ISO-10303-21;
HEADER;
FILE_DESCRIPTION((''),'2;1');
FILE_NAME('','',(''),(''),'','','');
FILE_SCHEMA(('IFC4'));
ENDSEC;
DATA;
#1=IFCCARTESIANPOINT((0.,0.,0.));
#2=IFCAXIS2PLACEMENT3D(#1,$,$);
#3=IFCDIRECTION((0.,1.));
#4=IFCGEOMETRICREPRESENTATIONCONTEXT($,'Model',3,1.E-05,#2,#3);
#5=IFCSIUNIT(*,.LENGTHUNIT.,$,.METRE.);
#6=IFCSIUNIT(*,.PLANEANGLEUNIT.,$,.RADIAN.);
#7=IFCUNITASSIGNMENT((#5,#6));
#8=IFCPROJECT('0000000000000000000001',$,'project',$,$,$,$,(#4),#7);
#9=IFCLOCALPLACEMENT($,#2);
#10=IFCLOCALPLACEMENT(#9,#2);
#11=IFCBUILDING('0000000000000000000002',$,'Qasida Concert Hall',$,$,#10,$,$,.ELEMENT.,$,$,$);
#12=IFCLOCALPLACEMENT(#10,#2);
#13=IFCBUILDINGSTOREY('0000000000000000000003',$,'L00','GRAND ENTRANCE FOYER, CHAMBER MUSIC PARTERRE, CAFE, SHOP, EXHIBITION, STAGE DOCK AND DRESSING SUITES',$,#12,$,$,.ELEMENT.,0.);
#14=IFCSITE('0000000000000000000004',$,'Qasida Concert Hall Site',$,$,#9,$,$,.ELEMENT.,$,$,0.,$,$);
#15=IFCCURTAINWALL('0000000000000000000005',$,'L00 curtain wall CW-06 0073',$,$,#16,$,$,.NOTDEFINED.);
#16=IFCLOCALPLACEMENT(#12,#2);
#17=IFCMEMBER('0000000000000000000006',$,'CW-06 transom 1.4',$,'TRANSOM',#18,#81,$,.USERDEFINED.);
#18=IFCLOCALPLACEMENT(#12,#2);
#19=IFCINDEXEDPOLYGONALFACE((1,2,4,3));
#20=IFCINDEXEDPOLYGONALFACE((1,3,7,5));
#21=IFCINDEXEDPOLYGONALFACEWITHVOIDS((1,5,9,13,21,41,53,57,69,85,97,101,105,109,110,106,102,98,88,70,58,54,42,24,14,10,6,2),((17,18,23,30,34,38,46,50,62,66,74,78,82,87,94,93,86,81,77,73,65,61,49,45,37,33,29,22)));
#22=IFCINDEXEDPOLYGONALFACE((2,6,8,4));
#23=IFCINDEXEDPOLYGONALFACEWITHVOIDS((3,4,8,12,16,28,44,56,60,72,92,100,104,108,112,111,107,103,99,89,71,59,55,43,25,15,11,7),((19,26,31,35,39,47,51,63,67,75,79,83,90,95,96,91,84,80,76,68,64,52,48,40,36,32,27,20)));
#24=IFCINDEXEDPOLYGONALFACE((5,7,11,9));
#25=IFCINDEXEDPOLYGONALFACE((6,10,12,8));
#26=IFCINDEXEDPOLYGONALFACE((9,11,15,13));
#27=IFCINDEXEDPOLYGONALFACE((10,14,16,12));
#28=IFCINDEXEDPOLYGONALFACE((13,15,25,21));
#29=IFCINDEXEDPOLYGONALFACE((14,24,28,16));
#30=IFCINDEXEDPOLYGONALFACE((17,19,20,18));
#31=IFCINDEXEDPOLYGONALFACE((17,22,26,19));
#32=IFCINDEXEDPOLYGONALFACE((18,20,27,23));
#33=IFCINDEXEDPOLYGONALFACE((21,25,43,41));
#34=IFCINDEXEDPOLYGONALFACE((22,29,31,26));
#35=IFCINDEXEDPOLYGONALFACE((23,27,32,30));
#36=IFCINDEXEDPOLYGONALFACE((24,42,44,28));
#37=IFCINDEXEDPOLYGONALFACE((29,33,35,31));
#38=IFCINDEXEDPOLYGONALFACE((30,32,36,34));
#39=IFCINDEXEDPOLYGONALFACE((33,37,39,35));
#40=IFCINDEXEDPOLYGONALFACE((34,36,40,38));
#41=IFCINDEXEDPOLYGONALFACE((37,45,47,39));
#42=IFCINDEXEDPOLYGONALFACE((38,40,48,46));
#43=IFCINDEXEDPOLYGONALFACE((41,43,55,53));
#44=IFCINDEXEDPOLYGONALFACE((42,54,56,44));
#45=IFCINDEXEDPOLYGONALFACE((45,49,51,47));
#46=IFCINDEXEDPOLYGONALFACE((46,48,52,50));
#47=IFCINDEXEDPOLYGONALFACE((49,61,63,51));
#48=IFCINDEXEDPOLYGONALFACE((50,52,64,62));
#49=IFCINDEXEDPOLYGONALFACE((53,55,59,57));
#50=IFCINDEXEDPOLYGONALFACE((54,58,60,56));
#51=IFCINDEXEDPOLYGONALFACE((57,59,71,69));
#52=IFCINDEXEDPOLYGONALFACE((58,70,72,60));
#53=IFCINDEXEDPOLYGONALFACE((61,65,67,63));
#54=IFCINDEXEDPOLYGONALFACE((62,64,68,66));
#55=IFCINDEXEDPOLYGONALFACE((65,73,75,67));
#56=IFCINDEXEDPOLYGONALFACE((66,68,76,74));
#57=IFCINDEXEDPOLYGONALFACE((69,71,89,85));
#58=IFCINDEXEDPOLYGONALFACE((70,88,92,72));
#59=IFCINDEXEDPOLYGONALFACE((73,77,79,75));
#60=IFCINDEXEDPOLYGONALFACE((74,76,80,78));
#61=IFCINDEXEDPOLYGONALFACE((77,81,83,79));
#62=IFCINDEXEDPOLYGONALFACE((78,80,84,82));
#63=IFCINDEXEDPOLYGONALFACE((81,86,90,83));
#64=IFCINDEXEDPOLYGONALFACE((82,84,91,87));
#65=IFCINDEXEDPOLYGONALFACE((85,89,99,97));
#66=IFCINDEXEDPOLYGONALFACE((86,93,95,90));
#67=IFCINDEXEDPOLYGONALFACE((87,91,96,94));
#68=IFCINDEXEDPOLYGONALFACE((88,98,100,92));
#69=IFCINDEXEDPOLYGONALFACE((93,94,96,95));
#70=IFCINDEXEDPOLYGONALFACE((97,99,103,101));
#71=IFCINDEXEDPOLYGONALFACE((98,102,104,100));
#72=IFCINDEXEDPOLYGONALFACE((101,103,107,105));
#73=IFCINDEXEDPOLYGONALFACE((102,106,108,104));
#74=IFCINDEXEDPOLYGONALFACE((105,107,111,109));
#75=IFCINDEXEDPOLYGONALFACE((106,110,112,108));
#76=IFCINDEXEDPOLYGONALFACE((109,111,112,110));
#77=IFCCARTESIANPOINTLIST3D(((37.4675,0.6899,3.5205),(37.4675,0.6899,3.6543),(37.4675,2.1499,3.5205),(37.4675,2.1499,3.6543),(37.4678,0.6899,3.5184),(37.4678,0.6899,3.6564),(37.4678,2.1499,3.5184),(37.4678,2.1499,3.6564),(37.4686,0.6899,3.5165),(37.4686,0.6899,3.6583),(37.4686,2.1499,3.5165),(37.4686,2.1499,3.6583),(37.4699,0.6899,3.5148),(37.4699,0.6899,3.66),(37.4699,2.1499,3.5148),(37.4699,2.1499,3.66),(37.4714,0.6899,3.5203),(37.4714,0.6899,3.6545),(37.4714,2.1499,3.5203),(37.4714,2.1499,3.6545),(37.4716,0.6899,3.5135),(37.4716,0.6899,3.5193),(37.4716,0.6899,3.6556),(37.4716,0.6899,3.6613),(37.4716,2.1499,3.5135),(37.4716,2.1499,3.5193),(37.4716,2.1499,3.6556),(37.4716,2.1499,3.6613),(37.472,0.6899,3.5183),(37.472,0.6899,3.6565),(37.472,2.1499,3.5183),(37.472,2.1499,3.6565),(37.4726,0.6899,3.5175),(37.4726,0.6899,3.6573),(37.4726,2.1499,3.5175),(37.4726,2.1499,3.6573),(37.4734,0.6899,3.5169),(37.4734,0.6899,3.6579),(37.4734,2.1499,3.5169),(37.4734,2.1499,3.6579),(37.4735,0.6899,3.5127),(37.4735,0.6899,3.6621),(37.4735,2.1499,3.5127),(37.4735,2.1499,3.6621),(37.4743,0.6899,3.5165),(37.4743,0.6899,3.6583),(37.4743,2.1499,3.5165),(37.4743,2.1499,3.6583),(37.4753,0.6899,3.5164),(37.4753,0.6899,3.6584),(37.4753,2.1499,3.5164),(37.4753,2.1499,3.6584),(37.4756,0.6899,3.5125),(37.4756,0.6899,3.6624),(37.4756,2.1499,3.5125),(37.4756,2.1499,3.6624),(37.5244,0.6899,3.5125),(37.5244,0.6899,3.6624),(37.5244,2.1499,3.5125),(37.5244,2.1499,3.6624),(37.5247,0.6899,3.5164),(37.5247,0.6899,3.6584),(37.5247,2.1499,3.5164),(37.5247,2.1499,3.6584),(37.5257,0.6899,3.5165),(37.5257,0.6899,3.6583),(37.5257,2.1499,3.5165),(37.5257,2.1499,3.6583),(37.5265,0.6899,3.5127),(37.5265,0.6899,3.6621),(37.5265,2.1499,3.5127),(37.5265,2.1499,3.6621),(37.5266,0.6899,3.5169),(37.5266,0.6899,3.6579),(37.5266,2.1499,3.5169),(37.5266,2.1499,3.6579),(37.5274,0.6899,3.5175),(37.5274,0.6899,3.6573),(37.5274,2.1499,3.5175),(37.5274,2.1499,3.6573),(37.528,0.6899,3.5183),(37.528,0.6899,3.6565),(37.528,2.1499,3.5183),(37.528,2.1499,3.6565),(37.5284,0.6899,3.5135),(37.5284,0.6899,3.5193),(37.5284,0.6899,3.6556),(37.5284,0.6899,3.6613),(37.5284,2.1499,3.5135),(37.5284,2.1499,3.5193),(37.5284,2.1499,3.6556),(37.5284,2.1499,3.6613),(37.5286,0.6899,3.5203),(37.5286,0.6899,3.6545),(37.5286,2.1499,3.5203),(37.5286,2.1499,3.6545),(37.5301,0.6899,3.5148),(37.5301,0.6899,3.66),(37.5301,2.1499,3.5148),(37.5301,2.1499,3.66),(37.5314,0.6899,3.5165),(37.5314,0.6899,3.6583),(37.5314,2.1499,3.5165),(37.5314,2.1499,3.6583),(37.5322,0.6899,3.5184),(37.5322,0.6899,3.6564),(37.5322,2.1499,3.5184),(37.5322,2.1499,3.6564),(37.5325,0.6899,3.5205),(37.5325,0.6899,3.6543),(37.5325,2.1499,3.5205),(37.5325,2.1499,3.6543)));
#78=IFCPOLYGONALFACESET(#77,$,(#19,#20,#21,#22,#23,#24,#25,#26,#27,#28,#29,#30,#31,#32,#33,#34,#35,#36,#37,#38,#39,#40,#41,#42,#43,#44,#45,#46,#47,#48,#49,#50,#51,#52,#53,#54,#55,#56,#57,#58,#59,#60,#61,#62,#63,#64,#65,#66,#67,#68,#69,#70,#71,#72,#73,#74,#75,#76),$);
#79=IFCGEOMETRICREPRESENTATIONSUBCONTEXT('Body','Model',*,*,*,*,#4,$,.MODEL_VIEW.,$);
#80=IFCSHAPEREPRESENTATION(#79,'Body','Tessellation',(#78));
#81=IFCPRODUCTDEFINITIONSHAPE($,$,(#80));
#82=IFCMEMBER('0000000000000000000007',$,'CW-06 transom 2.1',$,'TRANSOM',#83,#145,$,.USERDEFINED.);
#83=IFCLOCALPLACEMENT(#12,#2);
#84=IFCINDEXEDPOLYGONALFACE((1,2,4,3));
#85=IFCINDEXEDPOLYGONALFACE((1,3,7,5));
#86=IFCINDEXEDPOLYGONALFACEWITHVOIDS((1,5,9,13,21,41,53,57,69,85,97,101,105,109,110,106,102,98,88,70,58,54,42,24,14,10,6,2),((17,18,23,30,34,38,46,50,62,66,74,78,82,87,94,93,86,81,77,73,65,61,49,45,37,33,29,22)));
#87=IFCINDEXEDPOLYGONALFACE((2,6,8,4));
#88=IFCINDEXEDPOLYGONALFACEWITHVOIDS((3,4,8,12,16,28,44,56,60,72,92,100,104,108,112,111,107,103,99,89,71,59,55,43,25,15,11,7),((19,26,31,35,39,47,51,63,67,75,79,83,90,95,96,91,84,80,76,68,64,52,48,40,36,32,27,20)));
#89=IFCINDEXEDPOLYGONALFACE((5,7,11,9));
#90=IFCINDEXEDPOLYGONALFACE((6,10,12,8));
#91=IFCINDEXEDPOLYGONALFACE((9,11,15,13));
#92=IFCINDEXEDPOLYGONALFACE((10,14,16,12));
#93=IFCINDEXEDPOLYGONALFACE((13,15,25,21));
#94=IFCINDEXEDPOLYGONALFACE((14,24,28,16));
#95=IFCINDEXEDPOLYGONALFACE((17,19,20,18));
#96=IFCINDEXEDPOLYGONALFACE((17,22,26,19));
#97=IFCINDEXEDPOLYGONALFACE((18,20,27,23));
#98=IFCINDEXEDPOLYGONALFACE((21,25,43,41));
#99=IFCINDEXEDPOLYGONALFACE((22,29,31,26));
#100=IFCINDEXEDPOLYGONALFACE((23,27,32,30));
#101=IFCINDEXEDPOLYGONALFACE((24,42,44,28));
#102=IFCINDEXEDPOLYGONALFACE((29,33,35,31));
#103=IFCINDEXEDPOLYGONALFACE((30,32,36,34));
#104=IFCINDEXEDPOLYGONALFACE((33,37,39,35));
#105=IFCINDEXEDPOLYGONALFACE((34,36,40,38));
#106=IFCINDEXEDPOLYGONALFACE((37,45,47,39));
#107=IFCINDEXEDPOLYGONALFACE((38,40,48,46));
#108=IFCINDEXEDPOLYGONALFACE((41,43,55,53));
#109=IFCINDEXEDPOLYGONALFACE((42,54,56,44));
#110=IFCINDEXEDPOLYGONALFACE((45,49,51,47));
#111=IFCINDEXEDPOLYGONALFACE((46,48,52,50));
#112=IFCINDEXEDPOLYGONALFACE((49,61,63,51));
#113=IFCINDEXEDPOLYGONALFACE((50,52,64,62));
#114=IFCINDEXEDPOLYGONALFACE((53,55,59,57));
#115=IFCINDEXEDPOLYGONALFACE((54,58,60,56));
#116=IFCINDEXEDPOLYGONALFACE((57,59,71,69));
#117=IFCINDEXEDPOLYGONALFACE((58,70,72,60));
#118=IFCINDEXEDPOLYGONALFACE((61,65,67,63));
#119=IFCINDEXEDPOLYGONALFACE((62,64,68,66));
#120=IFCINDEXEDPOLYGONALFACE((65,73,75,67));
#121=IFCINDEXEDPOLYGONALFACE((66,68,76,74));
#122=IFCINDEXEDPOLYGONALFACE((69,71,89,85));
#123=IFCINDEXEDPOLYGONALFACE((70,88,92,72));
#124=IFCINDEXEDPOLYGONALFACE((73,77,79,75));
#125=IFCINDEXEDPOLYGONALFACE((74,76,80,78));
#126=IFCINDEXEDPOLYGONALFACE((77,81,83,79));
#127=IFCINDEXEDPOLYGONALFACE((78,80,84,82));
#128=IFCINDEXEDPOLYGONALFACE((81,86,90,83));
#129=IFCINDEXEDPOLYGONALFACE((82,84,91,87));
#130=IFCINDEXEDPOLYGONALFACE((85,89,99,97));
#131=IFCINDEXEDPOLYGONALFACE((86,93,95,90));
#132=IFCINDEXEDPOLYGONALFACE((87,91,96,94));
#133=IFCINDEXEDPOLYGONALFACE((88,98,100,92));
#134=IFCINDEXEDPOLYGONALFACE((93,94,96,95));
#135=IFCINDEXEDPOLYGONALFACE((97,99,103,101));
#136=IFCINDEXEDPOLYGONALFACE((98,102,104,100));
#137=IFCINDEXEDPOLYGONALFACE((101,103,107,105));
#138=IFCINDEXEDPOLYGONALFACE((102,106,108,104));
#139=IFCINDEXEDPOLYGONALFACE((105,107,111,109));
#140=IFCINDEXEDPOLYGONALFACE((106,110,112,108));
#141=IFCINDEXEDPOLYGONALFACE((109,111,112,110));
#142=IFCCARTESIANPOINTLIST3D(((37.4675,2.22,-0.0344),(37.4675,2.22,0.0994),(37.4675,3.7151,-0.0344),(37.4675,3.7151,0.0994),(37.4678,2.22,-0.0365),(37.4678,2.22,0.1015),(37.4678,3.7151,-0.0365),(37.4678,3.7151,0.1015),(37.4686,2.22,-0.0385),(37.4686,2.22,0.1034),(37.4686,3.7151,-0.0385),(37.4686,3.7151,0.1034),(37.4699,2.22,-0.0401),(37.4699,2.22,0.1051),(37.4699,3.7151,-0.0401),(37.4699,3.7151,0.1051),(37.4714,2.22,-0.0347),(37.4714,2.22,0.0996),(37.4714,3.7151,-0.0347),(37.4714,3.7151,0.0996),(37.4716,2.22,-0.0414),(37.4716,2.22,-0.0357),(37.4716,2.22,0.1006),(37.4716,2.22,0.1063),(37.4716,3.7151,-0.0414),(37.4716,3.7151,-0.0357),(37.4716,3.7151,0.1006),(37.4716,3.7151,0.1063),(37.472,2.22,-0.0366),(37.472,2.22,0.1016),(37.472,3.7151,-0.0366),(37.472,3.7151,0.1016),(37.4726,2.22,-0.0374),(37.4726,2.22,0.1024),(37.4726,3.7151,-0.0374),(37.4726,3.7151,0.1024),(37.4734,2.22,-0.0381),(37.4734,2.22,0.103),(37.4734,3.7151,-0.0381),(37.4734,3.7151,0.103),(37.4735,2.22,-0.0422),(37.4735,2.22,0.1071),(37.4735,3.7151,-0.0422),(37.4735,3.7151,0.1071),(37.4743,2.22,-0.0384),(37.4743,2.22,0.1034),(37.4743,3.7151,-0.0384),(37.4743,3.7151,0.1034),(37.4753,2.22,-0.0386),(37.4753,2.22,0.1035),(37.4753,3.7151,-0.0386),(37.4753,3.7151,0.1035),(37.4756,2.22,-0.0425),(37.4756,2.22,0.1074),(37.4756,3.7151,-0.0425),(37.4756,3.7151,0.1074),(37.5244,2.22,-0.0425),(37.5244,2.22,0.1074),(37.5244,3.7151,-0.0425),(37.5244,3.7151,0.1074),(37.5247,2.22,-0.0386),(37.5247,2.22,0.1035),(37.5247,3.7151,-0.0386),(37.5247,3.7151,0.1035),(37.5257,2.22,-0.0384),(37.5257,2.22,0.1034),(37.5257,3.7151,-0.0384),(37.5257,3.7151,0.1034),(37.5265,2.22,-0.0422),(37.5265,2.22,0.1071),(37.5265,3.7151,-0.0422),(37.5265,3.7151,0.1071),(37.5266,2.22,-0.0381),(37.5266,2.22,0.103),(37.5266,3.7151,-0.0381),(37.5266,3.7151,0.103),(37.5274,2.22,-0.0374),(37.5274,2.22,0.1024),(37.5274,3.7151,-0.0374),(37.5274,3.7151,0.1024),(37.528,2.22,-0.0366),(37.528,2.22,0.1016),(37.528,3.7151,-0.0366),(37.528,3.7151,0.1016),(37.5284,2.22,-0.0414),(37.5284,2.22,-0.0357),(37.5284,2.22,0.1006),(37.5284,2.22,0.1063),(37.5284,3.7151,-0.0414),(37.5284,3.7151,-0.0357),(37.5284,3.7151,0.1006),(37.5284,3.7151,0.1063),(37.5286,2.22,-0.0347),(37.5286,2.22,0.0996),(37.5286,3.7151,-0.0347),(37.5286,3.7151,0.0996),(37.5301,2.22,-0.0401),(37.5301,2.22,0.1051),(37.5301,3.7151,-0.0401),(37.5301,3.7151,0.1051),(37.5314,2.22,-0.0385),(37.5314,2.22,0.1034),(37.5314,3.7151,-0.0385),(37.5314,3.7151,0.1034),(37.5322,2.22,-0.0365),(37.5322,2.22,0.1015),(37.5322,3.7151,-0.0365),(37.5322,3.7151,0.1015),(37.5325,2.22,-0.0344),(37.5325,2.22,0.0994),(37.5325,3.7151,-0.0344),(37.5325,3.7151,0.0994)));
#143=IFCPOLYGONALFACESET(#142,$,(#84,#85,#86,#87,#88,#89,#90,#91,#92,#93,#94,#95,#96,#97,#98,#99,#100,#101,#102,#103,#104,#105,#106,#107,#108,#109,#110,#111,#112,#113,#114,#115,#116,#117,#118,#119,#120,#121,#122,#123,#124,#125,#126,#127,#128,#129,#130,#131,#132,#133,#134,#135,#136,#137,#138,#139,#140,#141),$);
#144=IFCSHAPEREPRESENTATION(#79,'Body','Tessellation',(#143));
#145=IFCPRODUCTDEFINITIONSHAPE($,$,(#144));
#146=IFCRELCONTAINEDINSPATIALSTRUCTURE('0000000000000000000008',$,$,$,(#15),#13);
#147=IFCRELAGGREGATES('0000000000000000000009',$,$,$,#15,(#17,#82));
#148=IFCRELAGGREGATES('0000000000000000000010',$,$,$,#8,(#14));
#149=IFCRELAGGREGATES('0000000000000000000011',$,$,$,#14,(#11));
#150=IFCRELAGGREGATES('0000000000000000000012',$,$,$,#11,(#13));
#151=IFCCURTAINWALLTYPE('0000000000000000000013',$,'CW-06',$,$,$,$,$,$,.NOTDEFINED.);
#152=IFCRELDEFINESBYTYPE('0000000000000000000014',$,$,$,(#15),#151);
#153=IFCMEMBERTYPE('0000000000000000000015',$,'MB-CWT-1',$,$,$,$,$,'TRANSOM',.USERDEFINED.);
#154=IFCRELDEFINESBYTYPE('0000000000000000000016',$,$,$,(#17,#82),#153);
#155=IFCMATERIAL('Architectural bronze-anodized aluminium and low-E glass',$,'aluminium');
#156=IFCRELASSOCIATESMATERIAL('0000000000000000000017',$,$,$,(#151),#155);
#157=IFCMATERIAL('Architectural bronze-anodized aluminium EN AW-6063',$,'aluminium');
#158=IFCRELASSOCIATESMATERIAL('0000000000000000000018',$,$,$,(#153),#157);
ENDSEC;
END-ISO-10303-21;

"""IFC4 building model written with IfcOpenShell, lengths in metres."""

from ifc_helpers import new_model, si_unit, direction, frame, origin, origin_2d, place, context, subcontext, project, spatial, hollow_rectangle, extrude, material, material_profile, profile_set, type_object, element, aggregate, save


model = new_model("IFC4")

# Units and contexts
model_context = context("Model", 3, precision=1e-05, world=origin(), true_north=direction((0.0, 1.0)))
body_context = subcontext(model_context, "Body", "Model", "MODEL_VIEW")
ifc_project = project(units=[si_unit("LENGTHUNIT", "METRE"), si_unit("PLANEANGLEUNIT", "RADIAN")], contexts=[model_context])

# Site, building, storey
site_placement = place(None, origin())
site = spatial("IfcSite", under=ifc_project, at=site_placement, Name="Qasida Concert Hall Site", CompositionType="ELEMENT", RefElevation=0.0)
building_placement = place(site_placement, origin())
building = spatial("IfcBuilding", under=site, at=building_placement, Name="Qasida Concert Hall", CompositionType="ELEMENT")
storey_placement = place(building_placement, origin())
storey = spatial("IfcBuildingStorey", under=building, at=storey_placement, Name="L00", Description="GRAND ENTRANCE FOYER, CHAMBER MUSIC PARTERRE, CAFE, SHOP, EXHIBITION, STAGE DOCK AND DRESSING SUITES", CompositionType="ELEMENT", Elevation=0.0)

# Curtain wall, members
ifc_material_1 = material(Name="Architectural bronze-anodized aluminium and low-E glass", Category="aluminium")
curtain_wall_type = type_object("IfcCurtainWallType", Name="CW-06", PredefinedType="NOTDEFINED", material=ifc_material_1)
curtain_wall_placement = place(storey_placement, origin())
curtain_wall = element("IfcCurtainWall", 1, at=curtain_wall_placement, inside=storey, type_object=curtain_wall_type, Name="L00 curtain wall CW-06 0073", PredefinedType="NOTDEFINED")
ifc_material_2 = material(Name="Architectural bronze-anodized aluminium EN AW-6063", Category="aluminium")
ifc_material_profile_1 = material_profile(ifc_material_2, hollow_rectangle(XDim=0.0649, YDim=0.1499, WallThickness=0.0039, InnerFilletRadius=0.0039, OuterFilletRadius=0.0081, at=origin_2d()), Name="CWT 150x65x4")
ifc_profile_set_1 = profile_set([ifc_material_profile_1], Name="Architectural bronze-anodized aluminium EN AW-6063")
member_type_1 = type_object("IfcMemberType", Name="MB-CWT-1", ElementType="TRANSOM", PredefinedType="USERDEFINED", material=ifc_profile_set_1)
member_1_placement = place(storey_placement, frame((37.5, 0.6899, 3.5874), z_axis=(0.0, 1.0, 0.0), x_axis=(-1.0, 0.0, 0.0)))
member_1 = element("IfcMember", 2, at=member_1_placement, type_object=member_type_1, Name="CW-06 transom 1.4", ObjectType="TRANSOM", PredefinedType="USERDEFINED", context=body_context, shape_type="SweptSolid", body=[
    extrude(hollow_rectangle(XDim=0.0649, YDim=0.1499, WallThickness=0.0039, InnerFilletRadius=0.0039, OuterFilletRadius=0.0081, at=origin_2d()), origin(), (0.0, 0.0, 1.0), 1.46),
])
member_2_placement = place(storey_placement, frame((37.5, 2.22, 0.0325), z_axis=(0.0, 1.0, 0.0), x_axis=(-1.0, 0.0, 0.0)))
member_2 = element("IfcMember", 3, at=member_2_placement, type_object=member_type_1, Name="CW-06 transom 2.1", ObjectType="TRANSOM", PredefinedType="USERDEFINED", context=body_context, shape_type="SweptSolid", body=[
    extrude(hollow_rectangle(XDim=0.0649, YDim=0.1499, WallThickness=0.0039, InnerFilletRadius=0.0039, OuterFilletRadius=0.0081, at=origin_2d()), origin(), (0.0, 0.0, 1.0), 1.4951),
])
aggregate(curtain_wall, [member_1, member_2])

save(model, "model.ifc")
